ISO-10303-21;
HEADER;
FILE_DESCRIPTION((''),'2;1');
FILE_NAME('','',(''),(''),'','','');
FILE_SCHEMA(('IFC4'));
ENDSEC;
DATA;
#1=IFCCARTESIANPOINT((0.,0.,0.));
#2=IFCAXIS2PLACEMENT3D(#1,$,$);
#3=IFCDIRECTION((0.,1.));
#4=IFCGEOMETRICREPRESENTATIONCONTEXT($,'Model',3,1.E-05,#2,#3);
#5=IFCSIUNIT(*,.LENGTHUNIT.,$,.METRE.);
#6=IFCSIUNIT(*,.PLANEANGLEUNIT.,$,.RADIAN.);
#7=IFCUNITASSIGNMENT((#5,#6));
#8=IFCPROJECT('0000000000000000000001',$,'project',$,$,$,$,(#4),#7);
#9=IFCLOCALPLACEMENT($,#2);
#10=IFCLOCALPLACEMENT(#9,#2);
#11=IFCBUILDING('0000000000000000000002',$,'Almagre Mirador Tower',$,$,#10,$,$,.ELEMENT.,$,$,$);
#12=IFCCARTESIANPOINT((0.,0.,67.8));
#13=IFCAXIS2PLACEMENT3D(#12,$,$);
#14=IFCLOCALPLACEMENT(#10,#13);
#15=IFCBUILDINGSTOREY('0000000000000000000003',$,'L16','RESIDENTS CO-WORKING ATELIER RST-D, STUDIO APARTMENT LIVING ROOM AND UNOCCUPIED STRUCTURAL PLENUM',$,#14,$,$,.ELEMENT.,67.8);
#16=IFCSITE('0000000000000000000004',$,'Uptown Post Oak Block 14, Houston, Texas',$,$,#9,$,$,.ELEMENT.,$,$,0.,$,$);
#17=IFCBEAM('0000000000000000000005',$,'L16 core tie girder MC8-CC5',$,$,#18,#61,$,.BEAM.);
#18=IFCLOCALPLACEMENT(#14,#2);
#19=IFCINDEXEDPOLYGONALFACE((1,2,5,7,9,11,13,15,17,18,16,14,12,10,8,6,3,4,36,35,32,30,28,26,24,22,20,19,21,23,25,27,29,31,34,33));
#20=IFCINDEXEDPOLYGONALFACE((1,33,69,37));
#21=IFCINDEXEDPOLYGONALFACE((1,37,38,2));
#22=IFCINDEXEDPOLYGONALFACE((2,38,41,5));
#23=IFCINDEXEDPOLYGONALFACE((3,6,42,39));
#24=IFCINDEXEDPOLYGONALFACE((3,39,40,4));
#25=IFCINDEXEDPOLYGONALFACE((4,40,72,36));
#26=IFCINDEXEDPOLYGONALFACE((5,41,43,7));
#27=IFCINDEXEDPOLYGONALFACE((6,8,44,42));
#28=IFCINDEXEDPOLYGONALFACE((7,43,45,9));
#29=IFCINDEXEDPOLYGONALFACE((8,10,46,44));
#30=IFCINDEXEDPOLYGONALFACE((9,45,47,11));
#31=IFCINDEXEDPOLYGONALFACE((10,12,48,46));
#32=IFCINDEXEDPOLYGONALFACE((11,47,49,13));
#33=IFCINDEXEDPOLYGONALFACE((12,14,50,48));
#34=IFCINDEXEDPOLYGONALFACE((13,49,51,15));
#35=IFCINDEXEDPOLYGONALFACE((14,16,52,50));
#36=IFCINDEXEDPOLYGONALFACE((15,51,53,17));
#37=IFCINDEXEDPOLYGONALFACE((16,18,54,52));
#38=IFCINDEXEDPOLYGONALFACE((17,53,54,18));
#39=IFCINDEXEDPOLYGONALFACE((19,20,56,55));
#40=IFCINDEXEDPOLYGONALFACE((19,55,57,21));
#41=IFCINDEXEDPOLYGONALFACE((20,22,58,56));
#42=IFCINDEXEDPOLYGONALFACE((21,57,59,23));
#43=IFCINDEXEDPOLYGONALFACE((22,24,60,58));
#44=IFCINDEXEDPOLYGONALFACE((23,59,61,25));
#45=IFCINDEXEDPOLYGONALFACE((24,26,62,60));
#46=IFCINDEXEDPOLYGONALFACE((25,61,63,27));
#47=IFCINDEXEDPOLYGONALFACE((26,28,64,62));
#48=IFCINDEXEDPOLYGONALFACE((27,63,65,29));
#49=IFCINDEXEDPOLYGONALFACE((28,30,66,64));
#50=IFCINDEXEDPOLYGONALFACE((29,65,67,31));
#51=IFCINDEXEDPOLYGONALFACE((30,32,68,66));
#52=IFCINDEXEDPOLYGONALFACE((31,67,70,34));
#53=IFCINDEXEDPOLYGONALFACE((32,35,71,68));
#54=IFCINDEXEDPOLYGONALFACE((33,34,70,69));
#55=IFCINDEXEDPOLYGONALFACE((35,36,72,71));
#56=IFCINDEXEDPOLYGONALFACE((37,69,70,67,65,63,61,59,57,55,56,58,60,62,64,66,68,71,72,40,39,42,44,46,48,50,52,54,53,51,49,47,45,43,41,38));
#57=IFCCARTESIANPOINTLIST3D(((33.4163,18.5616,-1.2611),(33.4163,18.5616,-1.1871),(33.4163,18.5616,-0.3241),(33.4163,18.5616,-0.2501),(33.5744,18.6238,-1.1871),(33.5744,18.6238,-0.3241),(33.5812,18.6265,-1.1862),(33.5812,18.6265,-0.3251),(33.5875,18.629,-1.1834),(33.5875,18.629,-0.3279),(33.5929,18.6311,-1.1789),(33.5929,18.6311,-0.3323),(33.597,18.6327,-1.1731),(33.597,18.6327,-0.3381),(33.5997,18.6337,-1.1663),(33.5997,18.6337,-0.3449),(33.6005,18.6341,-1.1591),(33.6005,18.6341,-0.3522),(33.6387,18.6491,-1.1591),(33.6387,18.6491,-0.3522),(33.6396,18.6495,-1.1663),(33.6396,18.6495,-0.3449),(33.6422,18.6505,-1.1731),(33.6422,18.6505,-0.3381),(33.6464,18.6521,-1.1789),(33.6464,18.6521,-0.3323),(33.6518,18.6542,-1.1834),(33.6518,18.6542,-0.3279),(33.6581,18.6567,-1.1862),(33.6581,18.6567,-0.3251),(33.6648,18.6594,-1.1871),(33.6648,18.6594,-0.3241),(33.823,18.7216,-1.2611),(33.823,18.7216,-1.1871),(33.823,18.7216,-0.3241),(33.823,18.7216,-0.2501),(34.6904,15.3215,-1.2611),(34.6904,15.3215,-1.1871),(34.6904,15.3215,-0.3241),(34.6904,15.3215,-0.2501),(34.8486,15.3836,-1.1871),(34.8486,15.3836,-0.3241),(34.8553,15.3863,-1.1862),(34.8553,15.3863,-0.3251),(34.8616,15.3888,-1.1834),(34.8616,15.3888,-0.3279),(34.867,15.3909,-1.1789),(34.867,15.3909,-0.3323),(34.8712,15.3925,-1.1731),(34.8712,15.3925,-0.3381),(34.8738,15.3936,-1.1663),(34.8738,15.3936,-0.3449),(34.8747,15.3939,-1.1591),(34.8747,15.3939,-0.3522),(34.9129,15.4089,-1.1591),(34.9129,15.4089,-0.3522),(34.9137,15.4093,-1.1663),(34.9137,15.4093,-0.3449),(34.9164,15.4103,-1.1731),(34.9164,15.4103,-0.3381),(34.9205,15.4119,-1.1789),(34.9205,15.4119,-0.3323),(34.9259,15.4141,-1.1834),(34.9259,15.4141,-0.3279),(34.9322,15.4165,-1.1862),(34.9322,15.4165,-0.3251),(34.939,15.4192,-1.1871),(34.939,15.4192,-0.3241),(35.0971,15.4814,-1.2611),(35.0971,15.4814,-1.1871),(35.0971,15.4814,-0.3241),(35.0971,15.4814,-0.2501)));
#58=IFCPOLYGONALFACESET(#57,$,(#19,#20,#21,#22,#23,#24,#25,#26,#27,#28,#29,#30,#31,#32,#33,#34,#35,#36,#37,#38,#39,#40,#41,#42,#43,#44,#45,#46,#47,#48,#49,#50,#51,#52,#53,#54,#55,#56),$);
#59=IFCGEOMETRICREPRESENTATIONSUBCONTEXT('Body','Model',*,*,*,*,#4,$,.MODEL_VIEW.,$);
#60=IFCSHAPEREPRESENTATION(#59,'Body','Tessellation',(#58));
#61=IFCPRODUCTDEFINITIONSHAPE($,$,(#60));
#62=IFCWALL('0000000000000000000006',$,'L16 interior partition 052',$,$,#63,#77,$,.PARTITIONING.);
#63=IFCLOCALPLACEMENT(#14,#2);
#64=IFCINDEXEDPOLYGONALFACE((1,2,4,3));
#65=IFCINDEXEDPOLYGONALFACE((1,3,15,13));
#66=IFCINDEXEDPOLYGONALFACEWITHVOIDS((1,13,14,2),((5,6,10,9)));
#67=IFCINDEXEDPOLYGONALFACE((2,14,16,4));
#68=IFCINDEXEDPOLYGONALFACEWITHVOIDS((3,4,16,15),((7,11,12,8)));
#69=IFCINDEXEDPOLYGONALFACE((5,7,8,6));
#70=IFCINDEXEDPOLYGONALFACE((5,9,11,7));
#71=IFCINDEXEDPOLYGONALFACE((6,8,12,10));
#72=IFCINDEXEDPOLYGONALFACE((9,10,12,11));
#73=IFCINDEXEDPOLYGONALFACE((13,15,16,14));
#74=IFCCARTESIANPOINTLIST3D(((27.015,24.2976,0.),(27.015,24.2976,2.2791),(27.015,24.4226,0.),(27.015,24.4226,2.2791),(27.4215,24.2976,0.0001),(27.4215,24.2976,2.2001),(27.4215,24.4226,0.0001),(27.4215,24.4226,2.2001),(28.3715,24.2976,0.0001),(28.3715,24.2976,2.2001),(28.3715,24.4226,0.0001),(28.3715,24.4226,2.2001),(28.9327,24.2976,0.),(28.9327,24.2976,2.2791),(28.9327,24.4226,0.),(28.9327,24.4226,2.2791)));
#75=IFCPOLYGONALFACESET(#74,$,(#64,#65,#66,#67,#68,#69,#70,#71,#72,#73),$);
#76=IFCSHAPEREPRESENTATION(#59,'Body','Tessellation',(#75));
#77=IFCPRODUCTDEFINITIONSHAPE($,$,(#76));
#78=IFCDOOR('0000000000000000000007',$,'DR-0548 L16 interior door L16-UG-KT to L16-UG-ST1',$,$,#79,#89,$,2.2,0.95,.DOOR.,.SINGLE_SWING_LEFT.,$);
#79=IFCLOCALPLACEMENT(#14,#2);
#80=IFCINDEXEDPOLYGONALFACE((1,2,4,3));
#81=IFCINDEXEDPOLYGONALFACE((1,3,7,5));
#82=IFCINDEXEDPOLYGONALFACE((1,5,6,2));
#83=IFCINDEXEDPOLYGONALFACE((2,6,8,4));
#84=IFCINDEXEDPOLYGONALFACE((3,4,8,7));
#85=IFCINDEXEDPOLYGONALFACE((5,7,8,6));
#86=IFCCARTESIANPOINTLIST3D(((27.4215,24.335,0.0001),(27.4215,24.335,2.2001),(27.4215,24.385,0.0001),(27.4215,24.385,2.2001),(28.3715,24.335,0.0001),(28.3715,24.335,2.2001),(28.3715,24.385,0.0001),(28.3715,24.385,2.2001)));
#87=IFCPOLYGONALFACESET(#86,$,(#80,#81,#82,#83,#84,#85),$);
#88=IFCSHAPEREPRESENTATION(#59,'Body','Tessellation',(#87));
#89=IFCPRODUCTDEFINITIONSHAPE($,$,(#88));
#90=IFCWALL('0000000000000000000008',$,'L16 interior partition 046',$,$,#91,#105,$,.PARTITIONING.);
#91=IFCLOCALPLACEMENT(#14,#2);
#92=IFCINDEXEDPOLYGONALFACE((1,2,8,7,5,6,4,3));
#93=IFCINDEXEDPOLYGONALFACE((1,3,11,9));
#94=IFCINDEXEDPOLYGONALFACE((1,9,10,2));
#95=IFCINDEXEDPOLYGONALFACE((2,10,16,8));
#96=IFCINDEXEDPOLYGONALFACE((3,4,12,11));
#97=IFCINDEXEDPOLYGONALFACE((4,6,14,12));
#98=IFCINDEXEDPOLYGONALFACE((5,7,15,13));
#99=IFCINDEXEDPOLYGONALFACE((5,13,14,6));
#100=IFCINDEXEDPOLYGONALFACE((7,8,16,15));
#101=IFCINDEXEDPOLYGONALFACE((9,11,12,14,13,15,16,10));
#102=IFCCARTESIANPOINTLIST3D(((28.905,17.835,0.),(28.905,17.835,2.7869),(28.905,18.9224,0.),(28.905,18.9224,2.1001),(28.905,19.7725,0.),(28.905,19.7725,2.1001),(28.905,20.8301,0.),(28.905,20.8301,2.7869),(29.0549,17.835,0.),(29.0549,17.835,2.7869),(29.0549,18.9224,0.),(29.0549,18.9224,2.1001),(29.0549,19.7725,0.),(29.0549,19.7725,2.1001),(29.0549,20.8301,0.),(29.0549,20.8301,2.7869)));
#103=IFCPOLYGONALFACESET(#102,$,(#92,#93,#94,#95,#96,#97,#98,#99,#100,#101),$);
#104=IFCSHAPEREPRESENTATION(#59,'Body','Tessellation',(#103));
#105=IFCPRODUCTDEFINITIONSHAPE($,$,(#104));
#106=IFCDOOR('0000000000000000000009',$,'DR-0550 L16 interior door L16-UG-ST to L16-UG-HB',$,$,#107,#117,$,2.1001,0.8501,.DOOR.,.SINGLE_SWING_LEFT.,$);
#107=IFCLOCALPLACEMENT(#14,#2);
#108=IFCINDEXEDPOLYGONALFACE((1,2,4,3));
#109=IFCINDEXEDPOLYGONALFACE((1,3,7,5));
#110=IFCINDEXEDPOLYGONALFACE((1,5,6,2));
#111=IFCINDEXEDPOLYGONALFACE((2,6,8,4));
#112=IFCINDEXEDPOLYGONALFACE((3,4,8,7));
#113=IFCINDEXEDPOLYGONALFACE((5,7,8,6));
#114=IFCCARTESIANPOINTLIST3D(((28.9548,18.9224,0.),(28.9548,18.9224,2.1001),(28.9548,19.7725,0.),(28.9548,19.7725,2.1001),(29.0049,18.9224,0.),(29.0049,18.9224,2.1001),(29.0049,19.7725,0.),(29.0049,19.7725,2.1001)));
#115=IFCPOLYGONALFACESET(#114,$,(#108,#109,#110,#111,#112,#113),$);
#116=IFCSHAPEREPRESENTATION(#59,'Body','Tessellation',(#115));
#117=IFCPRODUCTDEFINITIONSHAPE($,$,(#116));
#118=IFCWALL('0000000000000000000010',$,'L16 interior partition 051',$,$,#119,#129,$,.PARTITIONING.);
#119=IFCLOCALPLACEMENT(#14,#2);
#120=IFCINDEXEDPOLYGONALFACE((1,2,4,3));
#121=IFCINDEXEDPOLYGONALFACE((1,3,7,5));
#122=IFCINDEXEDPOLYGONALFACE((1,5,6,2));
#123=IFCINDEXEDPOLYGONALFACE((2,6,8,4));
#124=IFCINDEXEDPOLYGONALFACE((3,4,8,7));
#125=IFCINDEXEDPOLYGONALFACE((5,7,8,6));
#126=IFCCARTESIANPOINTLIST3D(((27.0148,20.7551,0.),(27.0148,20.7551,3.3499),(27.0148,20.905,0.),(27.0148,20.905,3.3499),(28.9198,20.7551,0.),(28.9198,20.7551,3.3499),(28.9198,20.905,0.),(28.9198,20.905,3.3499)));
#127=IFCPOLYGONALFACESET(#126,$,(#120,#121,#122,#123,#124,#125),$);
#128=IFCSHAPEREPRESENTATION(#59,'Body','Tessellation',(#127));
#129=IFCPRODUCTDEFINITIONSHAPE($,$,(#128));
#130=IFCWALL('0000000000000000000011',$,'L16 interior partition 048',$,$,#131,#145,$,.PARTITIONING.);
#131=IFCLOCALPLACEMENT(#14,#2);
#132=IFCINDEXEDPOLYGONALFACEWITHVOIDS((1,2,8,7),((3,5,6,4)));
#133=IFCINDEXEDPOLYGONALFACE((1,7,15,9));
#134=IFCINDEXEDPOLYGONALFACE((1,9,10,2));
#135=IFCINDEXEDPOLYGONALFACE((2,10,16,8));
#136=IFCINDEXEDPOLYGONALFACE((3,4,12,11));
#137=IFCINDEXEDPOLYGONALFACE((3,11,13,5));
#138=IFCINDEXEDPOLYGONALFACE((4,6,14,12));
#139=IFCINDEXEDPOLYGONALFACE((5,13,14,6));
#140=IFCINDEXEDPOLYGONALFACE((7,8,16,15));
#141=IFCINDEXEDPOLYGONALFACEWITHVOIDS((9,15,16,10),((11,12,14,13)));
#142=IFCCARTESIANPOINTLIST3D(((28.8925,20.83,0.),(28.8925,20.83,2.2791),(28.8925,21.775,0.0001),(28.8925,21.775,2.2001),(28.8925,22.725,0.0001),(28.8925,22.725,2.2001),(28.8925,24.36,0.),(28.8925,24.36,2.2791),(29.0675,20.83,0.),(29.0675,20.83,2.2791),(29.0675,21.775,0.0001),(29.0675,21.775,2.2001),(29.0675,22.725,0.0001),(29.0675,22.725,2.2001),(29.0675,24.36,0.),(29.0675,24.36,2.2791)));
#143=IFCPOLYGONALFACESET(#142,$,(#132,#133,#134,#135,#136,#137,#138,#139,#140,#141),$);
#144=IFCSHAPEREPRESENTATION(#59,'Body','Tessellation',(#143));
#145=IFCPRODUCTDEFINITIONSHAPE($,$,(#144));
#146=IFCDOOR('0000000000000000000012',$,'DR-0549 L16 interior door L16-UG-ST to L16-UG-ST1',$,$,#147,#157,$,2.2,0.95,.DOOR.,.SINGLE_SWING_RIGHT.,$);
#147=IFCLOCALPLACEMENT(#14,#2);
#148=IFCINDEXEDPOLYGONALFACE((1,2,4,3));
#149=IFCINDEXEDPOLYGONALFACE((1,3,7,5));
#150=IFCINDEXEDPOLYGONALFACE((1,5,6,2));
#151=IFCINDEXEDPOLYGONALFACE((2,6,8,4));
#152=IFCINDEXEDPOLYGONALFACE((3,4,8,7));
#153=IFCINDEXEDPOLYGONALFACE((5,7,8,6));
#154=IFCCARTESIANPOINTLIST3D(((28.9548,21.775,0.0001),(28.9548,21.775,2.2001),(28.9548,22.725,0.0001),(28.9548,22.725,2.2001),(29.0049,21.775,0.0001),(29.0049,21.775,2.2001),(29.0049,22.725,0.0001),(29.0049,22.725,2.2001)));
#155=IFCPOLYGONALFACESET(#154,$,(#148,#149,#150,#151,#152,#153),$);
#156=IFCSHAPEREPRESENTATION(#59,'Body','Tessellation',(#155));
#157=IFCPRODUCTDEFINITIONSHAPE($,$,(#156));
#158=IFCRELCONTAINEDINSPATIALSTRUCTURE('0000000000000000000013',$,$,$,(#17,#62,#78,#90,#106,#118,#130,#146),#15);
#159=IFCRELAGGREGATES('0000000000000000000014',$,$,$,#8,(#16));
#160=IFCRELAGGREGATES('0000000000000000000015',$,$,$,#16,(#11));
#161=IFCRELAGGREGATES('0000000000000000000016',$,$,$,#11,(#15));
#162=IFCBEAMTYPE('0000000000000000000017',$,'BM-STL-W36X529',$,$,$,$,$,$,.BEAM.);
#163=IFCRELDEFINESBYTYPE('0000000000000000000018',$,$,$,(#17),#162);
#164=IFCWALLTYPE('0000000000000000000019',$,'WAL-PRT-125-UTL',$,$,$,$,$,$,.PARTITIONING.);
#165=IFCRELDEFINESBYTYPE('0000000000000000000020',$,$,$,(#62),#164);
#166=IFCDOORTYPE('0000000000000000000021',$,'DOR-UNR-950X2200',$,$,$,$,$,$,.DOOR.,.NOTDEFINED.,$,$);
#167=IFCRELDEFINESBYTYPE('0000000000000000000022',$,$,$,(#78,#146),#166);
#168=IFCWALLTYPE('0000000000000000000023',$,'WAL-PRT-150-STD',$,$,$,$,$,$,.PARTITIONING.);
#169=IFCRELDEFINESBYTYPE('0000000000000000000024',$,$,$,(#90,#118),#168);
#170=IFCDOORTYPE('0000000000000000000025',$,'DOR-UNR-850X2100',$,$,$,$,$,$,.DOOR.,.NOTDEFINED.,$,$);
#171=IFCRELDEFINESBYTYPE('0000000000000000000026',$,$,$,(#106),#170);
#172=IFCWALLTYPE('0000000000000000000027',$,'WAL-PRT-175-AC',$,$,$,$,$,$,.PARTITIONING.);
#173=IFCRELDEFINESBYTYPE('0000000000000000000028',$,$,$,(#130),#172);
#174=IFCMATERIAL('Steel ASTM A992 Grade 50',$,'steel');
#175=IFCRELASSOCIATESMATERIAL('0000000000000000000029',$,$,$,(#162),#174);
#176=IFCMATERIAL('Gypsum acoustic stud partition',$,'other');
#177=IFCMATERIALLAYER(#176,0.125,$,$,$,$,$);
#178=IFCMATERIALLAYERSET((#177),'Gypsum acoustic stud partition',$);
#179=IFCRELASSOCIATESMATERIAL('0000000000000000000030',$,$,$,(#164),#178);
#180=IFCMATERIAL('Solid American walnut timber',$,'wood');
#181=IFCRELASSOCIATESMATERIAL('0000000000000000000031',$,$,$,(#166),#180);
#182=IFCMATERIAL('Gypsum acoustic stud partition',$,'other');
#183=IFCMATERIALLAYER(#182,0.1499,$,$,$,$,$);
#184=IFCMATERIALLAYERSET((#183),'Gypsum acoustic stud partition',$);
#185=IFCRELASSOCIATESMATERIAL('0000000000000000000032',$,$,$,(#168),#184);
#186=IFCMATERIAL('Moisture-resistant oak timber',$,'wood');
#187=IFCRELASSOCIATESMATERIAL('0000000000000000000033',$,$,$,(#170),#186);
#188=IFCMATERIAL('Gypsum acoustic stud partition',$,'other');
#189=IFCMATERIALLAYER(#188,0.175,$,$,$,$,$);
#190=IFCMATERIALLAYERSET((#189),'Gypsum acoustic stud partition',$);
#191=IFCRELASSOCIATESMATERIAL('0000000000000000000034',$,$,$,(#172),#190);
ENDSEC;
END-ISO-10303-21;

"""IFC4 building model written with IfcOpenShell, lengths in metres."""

from ifc_helpers import new_model, si_unit, direction, frame, frame_2d, origin, origin_2d, place, context, subcontext, project, spatial, rectangle, i_section, extrude, material, layer, layer_set, material_profile, profile_set, type_object, element, fill, save


model = new_model("IFC4")

# Units and contexts
model_context = context("Model", 3, precision=1e-05, world=origin(), true_north=direction((0.0, 1.0)))
body_context = subcontext(model_context, "Body", "Model", "MODEL_VIEW")
ifc_project = project(units=[si_unit("LENGTHUNIT", "METRE"), si_unit("PLANEANGLEUNIT", "RADIAN")], contexts=[model_context])

# Site, building, storey
site_placement = place(None, origin())
site = spatial("IfcSite", under=ifc_project, at=site_placement, Name="Uptown Post Oak Block 14, Houston, Texas", CompositionType="ELEMENT", RefElevation=0.0)
building_placement = place(site_placement, origin())
building = spatial("IfcBuilding", under=site, at=building_placement, Name="Almagre Mirador Tower", CompositionType="ELEMENT")
storey_placement = place(building_placement, frame((0.0, 0.0, 67.8)))
storey = spatial("IfcBuildingStorey", under=building, at=storey_placement, Name="L16", Description="RESIDENTS CO-WORKING ATELIER RST-D, STUDIO APARTMENT LIVING ROOM AND UNOCCUPIED STRUCTURAL PLENUM", CompositionType="ELEMENT", Elevation=67.8)

# Beam
ifc_material_1 = material(Name="Steel ASTM A992 Grade 50", Category="steel")
ifc_material_profile_1 = material_profile(ifc_material_1, i_section(OverallWidth=0.437, OverallDepth=1.011, WebThickness=0.041, FlangeThickness=0.074, FilletRadius=0.0281, at=origin_2d()), Name="W36X529")
ifc_profile_set_1 = profile_set([ifc_material_profile_1], Name="Steel ASTM A992 Grade 50")
beam_type_1 = type_object("IfcBeamType", Name="BM-STL-W36X529", PredefinedType="BEAM", material=ifc_profile_set_1)
beam_1_placement = place(storey_placement, frame((33.6196, 18.6416, -0.7556), z_axis=(0.365956, -0.930632, 0.0), x_axis=(0.930632, 0.365956, 0.0)))
element("IfcBeam", 1, at=beam_1_placement, inside=storey, type_object=beam_type_1, Name="L16 core tie girder MC8-CC5", PredefinedType="BEAM", context=body_context, shape_type="SweptSolid", body=[
    extrude(i_section(OverallWidth=0.437, OverallDepth=1.011, WebThickness=0.041, FlangeThickness=0.074, FilletRadius=0.0281, at=origin_2d()), origin(), (0.0, 0.0, 1.0), 3.4817),
])

# Walls, openings, doors
ifc_material_2 = material(Name="Gypsum acoustic stud partition", Category="other")
ifc_layer_1 = layer(ifc_material_2, 0.125)
ifc_layer_set_1 = layer_set([ifc_layer_1], Name="Gypsum acoustic stud partition")
wall_type_1 = type_object("IfcWallType", Name="WAL-PRT-125-UTL", PredefinedType="PARTITIONING", material=ifc_layer_set_1)
wall_1_placement = place(storey_placement, frame((27.0149, 24.3601, 0.0), z_axis=(0.0, 0.0, 1.0), x_axis=(1.0, 0.0, 0.0)))
wall_1 = element("IfcWall", 2, at=wall_1_placement, inside=storey, type_object=wall_type_1, Name="L16 interior partition 052", PredefinedType="PARTITIONING", context=body_context, shape_type="SweptSolid", body=[
    extrude(rectangle(XDim=1.9177, YDim=0.125, at=frame_2d((0.959, 0.0))), origin(), (0.0, 0.0, 1.0), 2.2791),
])
opening_1_placement = place(wall_1_placement, frame((0.4065, 0.0, 0.0)))
opening_1 = element("IfcOpeningElement", 3, at=opening_1_placement, cuts=wall_1, PredefinedType="OPENING", context=body_context, shape_type="SweptSolid", body=[
    extrude(rectangle(XDim=0.95, YDim=2.2, at=frame_2d((0.4751, 1.1001))), frame((0.0, 0.0725, 0.0), z_axis=(0.0, -1.0, 0.0), x_axis=(1.0, 0.0, 0.0)), (0.0, 0.0, 1.0), 0.145),
])
ifc_material_3 = material(Name="Solid American walnut timber", Category="wood")
door_type_1 = type_object("IfcDoorType", Name="DOR-UNR-950X2200", OperationType="NOTDEFINED", PredefinedType="DOOR", material=ifc_material_3)
door_1_placement = place(opening_1_placement, origin())
door_1 = element("IfcDoor", 4, at=door_1_placement, inside=storey, type_object=door_type_1, Name="DR-0548 L16 interior door L16-UG-KT to L16-UG-ST1", OperationType="SINGLE_SWING_LEFT", OverallHeight=2.2, OverallWidth=0.95, PredefinedType="DOOR", context=body_context, shape_type="SweptSolid", body=[
    extrude(rectangle(XDim=0.95, YDim=2.2, at=frame_2d((0.4751, 1.1001))), frame((0.0, 0.0249, 0.0), z_axis=(0.0, -1.0, 0.0), x_axis=(1.0, 0.0, 0.0)), (0.0, 0.0, 1.0), 0.05),
])
fill(opening_1, door_1)
ifc_material_4 = material(Name="Gypsum acoustic stud partition", Category="other")
ifc_layer_2 = layer(ifc_material_4, 0.1499)
ifc_layer_set_2 = layer_set([ifc_layer_2], Name="Gypsum acoustic stud partition")
wall_type_2 = type_object("IfcWallType", Name="WAL-PRT-150-STD", PredefinedType="PARTITIONING", material=ifc_layer_set_2)
wall_2_placement = place(storey_placement, frame((28.98, 20.8301, 0.0), z_axis=(0.0, 0.0, 1.0), x_axis=(0.0, -1.0, 0.0)))
wall_2 = element("IfcWall", 5, at=wall_2_placement, inside=storey, type_object=wall_type_2, Name="L16 interior partition 046", PredefinedType="PARTITIONING", context=body_context, shape_type="SweptSolid", body=[
    extrude(rectangle(XDim=2.9951, YDim=0.1499, at=frame_2d((1.4976, 0.0))), origin(), (0.0, 0.0, 1.0), 2.7869),
])
opening_2_placement = place(wall_2_placement, frame((1.0576, 0.0, 0.0)))
opening_2 = element("IfcOpeningElement", 6, at=opening_2_placement, cuts=wall_2, PredefinedType="OPENING", context=body_context, shape_type="SweptSolid", body=[
    extrude(rectangle(XDim=0.8501, YDim=2.1001, at=frame_2d((0.425, 1.05))), frame((0.0, 0.085, 0.0), z_axis=(0.0, -1.0, 0.0), x_axis=(1.0, 0.0, 0.0)), (0.0, 0.0, 1.0), 0.1699),
])
ifc_material_5 = material(Name="Moisture-resistant oak timber", Category="wood")
door_type_2 = type_object("IfcDoorType", Name="DOR-UNR-850X2100", OperationType="NOTDEFINED", PredefinedType="DOOR", material=ifc_material_5)
door_2_placement = place(opening_2_placement, origin())
door_2 = element("IfcDoor", 7, at=door_2_placement, inside=storey, type_object=door_type_2, Name="DR-0550 L16 interior door L16-UG-ST to L16-UG-HB", OperationType="SINGLE_SWING_LEFT", OverallHeight=2.1001, OverallWidth=0.8501, PredefinedType="DOOR", context=body_context, shape_type="SweptSolid", body=[
    extrude(rectangle(XDim=0.8501, YDim=2.1001, at=frame_2d((0.425, 1.05))), frame((0.0, 0.0249, 0.0), z_axis=(0.0, -1.0, 0.0), x_axis=(1.0, 0.0, 0.0)), (0.0, 0.0, 1.0), 0.05),
])
fill(opening_2, door_2)

# Wall
wall_3_placement = place(storey_placement, frame((28.9199, 20.8301, 0.0), z_axis=(0.0, 0.0, 1.0), x_axis=(-1.0, 0.0, 0.0)))
element("IfcWall", 8, at=wall_3_placement, inside=storey, type_object=wall_type_2, Name="L16 interior partition 051", PredefinedType="PARTITIONING", context=body_context, shape_type="SweptSolid", body=[
    extrude(rectangle(XDim=1.905, YDim=0.1499, at=frame_2d((0.9526, 0.0))), origin(), (0.0, 0.0, 1.0), 3.3499),
])

# Wall, opening, door
ifc_material_6 = material(Name="Gypsum acoustic stud partition", Category="other")
ifc_layer_3 = layer(ifc_material_6, 0.175)
ifc_layer_set_3 = layer_set([ifc_layer_3], Name="Gypsum acoustic stud partition")
wall_type_3 = type_object("IfcWallType", Name="WAL-PRT-175-AC", PredefinedType="PARTITIONING", material=ifc_layer_set_3)
wall_4_placement = place(storey_placement, frame((28.98, 24.3601, 0.0), z_axis=(0.0, 0.0, 1.0), x_axis=(0.0, -1.0, 0.0)))
wall_4 = element("IfcWall", 9, at=wall_4_placement, inside=storey, type_object=wall_type_3, Name="L16 interior partition 048", PredefinedType="PARTITIONING", context=body_context, shape_type="SweptSolid", body=[
    extrude(rectangle(XDim=3.53, YDim=0.175, at=frame_2d((1.7651, 0.0))), origin(), (0.0, 0.0, 1.0), 2.2791),
])
opening_3_placement = place(wall_4_placement, frame((1.635, 0.0, 0.0)))
opening_3 = element("IfcOpeningElement", 10, at=opening_3_placement, cuts=wall_4, PredefinedType="OPENING", context=body_context, shape_type="SweptSolid", body=[
    extrude(rectangle(XDim=0.95, YDim=2.2, at=frame_2d((0.4751, 1.1001))), frame((0.0, 0.0974, 0.0), z_axis=(0.0, -1.0, 0.0), x_axis=(1.0, 0.0, 0.0)), (0.0, 0.0, 1.0), 0.195),
])
door_3_placement = place(opening_3_placement, origin())
door_3 = element("IfcDoor", 11, at=door_3_placement, inside=storey, type_object=door_type_1, Name="DR-0549 L16 interior door L16-UG-ST to L16-UG-ST1", OperationType="SINGLE_SWING_RIGHT", OverallHeight=2.2, OverallWidth=0.95, PredefinedType="DOOR", context=body_context, shape_type="SweptSolid", body=[
    extrude(rectangle(XDim=0.95, YDim=2.2, at=frame_2d((0.4751, 1.1001))), frame((0.0, 0.0249, 0.0), z_axis=(0.0, -1.0, 0.0), x_axis=(1.0, 0.0, 0.0)), (0.0, 0.0, 1.0), 0.05),
])
fill(opening_3, door_3)

save(model, "model.ifc")
